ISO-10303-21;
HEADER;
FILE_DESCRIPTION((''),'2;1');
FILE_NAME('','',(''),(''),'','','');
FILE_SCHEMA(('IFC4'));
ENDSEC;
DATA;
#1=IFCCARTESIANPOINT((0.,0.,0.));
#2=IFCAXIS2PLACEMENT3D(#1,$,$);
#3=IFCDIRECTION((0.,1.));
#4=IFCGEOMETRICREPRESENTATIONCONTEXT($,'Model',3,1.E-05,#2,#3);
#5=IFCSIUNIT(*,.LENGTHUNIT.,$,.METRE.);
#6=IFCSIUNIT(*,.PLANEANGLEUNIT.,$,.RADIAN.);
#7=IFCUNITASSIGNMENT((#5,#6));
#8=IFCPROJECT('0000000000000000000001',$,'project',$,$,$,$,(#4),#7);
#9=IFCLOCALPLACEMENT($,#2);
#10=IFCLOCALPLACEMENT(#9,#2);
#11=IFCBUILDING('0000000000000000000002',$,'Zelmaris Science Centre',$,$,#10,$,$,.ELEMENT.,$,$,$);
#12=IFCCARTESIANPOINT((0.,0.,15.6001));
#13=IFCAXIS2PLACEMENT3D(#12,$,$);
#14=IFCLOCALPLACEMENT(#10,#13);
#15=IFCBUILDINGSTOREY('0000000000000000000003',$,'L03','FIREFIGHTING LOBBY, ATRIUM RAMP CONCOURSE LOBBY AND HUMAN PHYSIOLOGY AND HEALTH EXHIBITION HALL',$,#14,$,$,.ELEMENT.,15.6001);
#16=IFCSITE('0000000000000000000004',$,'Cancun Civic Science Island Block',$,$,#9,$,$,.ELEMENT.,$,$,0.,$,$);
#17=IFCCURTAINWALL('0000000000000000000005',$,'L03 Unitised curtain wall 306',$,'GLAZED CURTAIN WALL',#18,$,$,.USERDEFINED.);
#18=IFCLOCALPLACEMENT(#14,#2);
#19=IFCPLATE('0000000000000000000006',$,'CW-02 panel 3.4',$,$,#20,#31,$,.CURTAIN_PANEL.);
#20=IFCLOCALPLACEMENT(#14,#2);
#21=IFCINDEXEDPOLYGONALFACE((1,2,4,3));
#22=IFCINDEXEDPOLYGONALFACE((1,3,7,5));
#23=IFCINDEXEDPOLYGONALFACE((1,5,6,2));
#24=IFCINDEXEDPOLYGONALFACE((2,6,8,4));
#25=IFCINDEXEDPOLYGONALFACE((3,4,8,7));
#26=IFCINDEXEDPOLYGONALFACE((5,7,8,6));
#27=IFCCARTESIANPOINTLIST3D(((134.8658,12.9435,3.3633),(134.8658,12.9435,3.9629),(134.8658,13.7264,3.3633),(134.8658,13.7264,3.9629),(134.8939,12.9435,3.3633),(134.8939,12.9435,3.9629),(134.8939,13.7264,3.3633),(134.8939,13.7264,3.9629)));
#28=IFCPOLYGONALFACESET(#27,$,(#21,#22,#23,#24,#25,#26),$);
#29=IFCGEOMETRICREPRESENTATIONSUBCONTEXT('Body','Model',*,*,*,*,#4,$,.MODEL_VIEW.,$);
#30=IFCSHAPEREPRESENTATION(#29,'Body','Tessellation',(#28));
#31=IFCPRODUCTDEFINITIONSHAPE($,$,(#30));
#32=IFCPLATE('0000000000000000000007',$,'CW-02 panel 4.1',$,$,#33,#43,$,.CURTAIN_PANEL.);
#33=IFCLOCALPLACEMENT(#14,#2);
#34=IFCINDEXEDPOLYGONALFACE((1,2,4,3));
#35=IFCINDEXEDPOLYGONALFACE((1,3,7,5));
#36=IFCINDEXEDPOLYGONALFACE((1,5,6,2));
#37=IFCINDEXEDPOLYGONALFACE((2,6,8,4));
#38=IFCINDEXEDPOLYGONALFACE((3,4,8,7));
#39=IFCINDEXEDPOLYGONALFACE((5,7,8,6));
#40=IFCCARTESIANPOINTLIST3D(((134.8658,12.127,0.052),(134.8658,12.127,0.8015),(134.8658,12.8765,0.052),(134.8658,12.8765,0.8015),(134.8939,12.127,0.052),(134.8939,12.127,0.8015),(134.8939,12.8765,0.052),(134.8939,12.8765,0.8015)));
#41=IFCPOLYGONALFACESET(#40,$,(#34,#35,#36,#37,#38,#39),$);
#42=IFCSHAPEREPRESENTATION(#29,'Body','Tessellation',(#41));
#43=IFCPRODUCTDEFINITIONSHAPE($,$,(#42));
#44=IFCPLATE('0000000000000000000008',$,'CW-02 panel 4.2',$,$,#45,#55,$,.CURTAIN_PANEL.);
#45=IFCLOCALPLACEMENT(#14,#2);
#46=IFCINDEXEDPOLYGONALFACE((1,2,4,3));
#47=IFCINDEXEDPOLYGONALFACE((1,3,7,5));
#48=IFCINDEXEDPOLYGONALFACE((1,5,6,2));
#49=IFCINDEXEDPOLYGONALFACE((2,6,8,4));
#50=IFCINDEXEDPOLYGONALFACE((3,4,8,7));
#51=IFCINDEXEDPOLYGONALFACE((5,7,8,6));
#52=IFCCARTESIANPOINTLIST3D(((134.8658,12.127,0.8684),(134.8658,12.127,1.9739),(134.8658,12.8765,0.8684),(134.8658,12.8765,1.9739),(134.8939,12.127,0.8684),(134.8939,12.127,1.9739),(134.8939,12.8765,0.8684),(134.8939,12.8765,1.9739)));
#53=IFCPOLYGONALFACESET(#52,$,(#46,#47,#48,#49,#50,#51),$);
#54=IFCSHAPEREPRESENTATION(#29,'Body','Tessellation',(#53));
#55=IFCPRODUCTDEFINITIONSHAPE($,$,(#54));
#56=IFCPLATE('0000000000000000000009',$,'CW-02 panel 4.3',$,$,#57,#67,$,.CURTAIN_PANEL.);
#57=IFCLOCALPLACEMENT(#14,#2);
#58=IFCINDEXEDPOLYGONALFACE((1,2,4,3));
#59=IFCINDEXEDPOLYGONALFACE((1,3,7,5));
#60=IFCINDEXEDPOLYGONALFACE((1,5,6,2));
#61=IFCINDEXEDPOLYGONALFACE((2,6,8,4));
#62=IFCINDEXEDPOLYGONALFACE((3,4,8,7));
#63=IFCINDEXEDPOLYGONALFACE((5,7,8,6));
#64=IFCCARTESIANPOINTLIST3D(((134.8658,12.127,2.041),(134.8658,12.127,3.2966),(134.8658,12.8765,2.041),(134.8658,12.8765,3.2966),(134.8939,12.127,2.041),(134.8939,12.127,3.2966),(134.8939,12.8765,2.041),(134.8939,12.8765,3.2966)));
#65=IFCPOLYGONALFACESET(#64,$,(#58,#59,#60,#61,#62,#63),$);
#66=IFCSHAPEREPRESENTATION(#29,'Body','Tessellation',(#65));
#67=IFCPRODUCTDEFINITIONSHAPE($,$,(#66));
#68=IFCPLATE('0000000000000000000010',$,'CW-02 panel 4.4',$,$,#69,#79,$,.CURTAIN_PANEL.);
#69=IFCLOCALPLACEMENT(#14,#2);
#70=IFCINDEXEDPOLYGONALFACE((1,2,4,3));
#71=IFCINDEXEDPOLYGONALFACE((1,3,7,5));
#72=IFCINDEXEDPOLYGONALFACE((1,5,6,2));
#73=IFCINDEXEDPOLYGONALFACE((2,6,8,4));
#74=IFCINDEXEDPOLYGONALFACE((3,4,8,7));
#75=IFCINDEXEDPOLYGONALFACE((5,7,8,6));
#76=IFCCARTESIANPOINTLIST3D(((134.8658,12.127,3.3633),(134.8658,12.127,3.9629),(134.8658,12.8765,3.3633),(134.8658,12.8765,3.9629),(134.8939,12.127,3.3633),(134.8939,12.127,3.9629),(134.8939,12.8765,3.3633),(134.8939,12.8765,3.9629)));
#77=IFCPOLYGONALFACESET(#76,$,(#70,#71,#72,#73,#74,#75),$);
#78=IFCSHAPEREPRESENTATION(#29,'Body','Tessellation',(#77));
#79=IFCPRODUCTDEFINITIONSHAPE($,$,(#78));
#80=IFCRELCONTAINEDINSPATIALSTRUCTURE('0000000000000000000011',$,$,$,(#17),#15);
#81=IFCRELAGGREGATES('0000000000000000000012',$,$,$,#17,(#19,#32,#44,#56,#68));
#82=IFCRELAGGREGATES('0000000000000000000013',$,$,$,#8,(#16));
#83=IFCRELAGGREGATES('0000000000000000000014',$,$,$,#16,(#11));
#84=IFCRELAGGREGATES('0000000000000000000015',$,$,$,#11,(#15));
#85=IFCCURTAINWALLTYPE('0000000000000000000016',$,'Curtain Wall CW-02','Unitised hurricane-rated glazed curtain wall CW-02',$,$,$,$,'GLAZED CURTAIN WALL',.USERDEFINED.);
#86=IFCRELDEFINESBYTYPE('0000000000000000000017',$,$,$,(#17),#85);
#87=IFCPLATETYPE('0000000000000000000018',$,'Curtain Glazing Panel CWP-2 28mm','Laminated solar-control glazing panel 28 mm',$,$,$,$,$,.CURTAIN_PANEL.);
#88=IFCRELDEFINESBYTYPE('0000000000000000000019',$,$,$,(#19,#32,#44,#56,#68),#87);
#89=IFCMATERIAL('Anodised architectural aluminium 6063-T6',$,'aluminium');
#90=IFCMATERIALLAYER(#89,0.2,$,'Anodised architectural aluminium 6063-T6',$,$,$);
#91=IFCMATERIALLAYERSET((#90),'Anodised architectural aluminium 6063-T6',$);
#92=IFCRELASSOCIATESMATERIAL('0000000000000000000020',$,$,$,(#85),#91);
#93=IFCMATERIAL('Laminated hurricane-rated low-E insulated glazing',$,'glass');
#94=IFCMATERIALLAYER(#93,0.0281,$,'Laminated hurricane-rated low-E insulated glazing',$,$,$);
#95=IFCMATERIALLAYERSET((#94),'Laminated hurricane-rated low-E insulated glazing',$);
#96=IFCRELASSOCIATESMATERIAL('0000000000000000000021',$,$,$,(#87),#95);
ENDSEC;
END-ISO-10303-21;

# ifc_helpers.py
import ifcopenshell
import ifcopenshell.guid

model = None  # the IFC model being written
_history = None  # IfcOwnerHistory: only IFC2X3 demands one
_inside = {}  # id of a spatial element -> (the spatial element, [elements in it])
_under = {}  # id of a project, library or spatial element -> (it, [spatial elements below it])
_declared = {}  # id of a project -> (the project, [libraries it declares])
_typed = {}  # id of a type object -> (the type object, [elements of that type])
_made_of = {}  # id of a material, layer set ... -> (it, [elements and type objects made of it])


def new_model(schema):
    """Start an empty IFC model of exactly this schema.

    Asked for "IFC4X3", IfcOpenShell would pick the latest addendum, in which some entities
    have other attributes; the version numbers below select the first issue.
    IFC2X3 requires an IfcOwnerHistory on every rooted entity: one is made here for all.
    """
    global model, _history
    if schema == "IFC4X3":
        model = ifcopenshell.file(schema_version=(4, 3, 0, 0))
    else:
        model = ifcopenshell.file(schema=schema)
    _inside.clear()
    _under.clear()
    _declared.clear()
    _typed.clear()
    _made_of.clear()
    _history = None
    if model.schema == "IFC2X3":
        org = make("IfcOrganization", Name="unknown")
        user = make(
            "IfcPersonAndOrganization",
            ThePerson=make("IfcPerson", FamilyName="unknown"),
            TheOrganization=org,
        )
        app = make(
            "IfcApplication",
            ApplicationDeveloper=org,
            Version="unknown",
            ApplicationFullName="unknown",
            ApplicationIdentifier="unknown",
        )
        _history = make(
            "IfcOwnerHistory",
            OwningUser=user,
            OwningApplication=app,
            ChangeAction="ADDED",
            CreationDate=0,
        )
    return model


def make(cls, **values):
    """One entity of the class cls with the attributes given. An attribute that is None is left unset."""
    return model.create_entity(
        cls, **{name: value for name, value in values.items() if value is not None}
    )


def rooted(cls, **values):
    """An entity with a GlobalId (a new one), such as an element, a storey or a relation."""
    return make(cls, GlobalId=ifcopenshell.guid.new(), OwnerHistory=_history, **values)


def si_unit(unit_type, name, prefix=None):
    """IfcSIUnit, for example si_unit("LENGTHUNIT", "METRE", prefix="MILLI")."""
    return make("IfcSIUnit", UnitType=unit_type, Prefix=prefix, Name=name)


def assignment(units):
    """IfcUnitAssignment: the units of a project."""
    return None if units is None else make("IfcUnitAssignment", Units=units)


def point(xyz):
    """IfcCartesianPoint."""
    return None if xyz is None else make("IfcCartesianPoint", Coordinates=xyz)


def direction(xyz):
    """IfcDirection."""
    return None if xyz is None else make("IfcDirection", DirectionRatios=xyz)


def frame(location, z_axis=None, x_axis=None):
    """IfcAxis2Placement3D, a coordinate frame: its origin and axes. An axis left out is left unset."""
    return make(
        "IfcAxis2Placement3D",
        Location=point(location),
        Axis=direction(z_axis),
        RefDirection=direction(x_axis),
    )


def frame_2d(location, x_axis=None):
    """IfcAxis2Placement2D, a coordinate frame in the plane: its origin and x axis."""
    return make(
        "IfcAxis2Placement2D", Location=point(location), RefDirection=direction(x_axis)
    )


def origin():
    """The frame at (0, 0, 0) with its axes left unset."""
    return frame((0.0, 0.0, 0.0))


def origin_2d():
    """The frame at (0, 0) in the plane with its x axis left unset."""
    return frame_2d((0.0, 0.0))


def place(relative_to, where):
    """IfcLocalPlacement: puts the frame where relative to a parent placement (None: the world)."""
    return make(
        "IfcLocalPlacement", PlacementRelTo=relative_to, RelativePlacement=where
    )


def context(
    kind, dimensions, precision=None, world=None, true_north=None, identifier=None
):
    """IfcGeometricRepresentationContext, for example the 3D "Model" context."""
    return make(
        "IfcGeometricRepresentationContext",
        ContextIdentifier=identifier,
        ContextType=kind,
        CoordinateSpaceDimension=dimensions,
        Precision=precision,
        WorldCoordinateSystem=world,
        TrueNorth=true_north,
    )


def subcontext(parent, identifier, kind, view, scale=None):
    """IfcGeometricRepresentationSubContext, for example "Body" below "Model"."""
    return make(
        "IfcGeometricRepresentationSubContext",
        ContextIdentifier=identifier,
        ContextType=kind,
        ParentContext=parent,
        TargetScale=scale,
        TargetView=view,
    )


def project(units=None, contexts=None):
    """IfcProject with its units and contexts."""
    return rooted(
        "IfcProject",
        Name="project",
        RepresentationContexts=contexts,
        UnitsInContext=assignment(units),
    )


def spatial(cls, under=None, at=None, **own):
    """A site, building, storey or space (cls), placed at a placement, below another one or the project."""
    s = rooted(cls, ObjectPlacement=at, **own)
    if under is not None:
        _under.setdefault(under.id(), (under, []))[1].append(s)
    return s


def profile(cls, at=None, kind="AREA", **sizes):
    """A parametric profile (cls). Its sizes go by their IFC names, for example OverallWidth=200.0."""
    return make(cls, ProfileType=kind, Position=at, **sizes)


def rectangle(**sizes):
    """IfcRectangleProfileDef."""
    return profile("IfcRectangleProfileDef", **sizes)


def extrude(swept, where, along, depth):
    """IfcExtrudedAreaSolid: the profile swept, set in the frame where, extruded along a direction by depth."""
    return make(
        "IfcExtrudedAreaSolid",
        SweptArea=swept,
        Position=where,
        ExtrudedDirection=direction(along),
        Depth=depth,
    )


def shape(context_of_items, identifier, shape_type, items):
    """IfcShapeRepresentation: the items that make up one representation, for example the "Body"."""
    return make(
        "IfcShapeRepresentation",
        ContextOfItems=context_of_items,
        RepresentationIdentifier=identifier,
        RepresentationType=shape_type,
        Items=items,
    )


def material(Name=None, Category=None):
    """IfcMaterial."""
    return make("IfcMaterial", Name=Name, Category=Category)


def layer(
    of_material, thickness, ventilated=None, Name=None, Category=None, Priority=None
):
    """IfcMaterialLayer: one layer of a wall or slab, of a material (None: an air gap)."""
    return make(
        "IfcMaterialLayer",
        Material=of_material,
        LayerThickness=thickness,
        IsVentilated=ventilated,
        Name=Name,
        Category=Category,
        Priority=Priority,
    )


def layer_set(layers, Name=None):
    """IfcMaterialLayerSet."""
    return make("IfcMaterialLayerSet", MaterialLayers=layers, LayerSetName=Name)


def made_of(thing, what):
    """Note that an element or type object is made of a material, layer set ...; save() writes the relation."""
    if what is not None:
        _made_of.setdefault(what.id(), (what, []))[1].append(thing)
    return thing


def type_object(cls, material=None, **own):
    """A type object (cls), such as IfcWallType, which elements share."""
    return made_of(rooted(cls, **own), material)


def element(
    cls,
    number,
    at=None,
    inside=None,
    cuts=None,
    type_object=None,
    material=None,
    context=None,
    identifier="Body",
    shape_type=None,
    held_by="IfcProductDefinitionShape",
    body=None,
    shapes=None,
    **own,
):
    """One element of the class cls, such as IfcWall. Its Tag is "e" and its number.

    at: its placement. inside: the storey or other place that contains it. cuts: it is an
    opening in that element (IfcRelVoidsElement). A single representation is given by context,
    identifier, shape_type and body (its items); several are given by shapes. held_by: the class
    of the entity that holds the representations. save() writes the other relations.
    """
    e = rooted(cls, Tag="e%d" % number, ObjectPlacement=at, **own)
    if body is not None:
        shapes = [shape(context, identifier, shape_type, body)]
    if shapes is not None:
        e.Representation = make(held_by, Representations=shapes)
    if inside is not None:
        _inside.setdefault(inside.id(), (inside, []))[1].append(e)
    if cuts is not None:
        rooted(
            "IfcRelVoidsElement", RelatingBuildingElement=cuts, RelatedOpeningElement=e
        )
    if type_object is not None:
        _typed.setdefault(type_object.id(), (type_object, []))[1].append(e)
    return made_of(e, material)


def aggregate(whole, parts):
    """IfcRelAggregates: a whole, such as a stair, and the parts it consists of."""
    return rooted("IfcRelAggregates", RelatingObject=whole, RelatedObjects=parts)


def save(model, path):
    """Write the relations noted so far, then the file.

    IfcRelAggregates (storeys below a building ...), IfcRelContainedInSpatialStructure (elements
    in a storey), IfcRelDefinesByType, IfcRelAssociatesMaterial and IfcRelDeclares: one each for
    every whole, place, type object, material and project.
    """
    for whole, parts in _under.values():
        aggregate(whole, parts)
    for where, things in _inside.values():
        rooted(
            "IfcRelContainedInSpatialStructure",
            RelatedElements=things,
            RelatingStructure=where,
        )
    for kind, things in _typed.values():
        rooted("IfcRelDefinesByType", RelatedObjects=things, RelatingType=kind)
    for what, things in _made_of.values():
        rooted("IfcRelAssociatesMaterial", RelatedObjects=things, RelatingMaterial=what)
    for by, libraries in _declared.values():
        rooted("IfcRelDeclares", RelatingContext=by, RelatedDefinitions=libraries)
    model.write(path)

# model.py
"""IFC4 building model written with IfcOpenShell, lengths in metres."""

from ifc_helpers import new_model, si_unit, direction, frame, origin, origin_2d, place, context, subcontext, project, spatial, rectangle, extrude, material, layer, layer_set, type_object, element, aggregate, save


model = new_model("IFC4")

# Units and contexts
model_context = context("Model", 3, precision=1e-05, world=origin(), true_north=direction((0.0, 1.0)))
body_context = subcontext(model_context, "Body", "Model", "MODEL_VIEW")
ifc_project = project(units=[si_unit("LENGTHUNIT", "METRE"), si_unit("PLANEANGLEUNIT", "RADIAN")], contexts=[model_context])

# Site, building, storey
site_placement = place(None, origin())
site = spatial("IfcSite", under=ifc_project, at=site_placement, Name="Cancun Civic Science Island Block", CompositionType="ELEMENT", RefElevation=0.0)
building_placement = place(site_placement, origin())
building = spatial("IfcBuilding", under=site, at=building_placement, Name="Zelmaris Science Centre", CompositionType="ELEMENT")
storey_placement = place(building_placement, frame((0.0, 0.0, 15.6001)))
storey = spatial("IfcBuildingStorey", under=building, at=storey_placement, Name="L03", Description="FIREFIGHTING LOBBY, ATRIUM RAMP CONCOURSE LOBBY AND HUMAN PHYSIOLOGY AND HEALTH EXHIBITION HALL", CompositionType="ELEMENT", Elevation=15.6001)

# Curtain wall
ifc_material_1 = material(Name="Anodised architectural aluminium 6063-T6", Category="aluminium")
ifc_layer_1 = layer(ifc_material_1, 0.2, Name="Anodised architectural aluminium 6063-T6")
ifc_layer_set_1 = layer_set([ifc_layer_1], Name="Anodised architectural aluminium 6063-T6")
curtain_wall_type = type_object("IfcCurtainWallType", Name="Curtain Wall CW-02", Description="Unitised hurricane-rated glazed curtain wall CW-02", ElementType="GLAZED CURTAIN WALL", PredefinedType="USERDEFINED", material=ifc_layer_set_1)
curtain_wall_placement = place(storey_placement, origin())
curtain_wall = element("IfcCurtainWall", 1, at=curtain_wall_placement, inside=storey, type_object=curtain_wall_type, Name="L03 Unitised curtain wall 306", ObjectType="GLAZED CURTAIN WALL", PredefinedType="USERDEFINED")

# Plates
ifc_material_2 = material(Name="Laminated hurricane-rated low-E insulated glazing", Category="glass")
ifc_layer_2 = layer(ifc_material_2, 0.0281, Name="Laminated hurricane-rated low-E insulated glazing")
ifc_layer_set_2 = layer_set([ifc_layer_2], Name="Laminated hurricane-rated low-E insulated glazing")
plate_type = type_object("IfcPlateType", Name="Curtain Glazing Panel CWP-2 28mm", Description="Laminated solar-control glazing panel 28 mm", PredefinedType="CURTAIN_PANEL", material=ifc_layer_set_2)
plate_1_placement = place(storey_placement, frame((134.8799, 13.335, 3.3633), z_axis=(0.0, 0.0, 1.0), x_axis=(0.0, -1.0, 0.0)))
plate_1 = element("IfcPlate", 2, at=plate_1_placement, type_object=plate_type, Name="CW-02 panel 3.4", PredefinedType="CURTAIN_PANEL", context=body_context, shape_type="SweptSolid", body=[
    extrude(rectangle(XDim=0.783, YDim=0.0281, at=origin_2d()), origin(), (0.0, 0.0, 1.0), 0.5996),
])
plate_2_placement = place(storey_placement, frame((134.8799, 12.5017, 0.052), z_axis=(0.0, 0.0, 1.0), x_axis=(0.0, -1.0, 0.0)))
plate_2 = element("IfcPlate", 3, at=plate_2_placement, type_object=plate_type, Name="CW-02 panel 4.1", PredefinedType="CURTAIN_PANEL", context=body_context, shape_type="SweptSolid", body=[
    extrude(rectangle(XDim=0.7495, YDim=0.0281, at=origin_2d()), origin(), (0.0, 0.0, 1.0), 0.7495),
])
plate_3_placement = place(storey_placement, frame((134.8799, 12.5017, 0.8684), z_axis=(0.0, 0.0, 1.0), x_axis=(0.0, -1.0, 0.0)))
plate_3 = element("IfcPlate", 4, at=plate_3_placement, type_object=plate_type, Name="CW-02 panel 4.2", PredefinedType="CURTAIN_PANEL", context=body_context, shape_type="SweptSolid", body=[
    extrude(rectangle(XDim=0.7495, YDim=0.0281, at=origin_2d()), origin(), (0.0, 0.0, 1.0), 1.1055),
])
plate_4_placement = place(storey_placement, frame((134.8799, 12.5017, 2.041), z_axis=(0.0, 0.0, 1.0), x_axis=(0.0, -1.0, 0.0)))
plate_4 = element("IfcPlate", 5, at=plate_4_placement, type_object=plate_type, Name="CW-02 panel 4.3", PredefinedType="CURTAIN_PANEL", context=body_context, shape_type="SweptSolid", body=[
    extrude(rectangle(XDim=0.7495, YDim=0.0281, at=origin_2d()), origin(), (0.0, 0.0, 1.0), 1.2556),
])
plate_5_placement = place(storey_placement, frame((134.8799, 12.5017, 3.3633), z_axis=(0.0, 0.0, 1.0), x_axis=(0.0, -1.0, 0.0)))
plate_5 = element("IfcPlate", 6, at=plate_5_placement, type_object=plate_type, Name="CW-02 panel 4.4", PredefinedType="CURTAIN_PANEL", context=body_context, shape_type="SweptSolid", body=[
    extrude(rectangle(XDim=0.7495, YDim=0.0281, at=origin_2d()), origin(), (0.0, 0.0, 1.0), 0.5996),
])
aggregate(curtain_wall, [plate_1, plate_2, plate_3, plate_4, plate_5])

save(model, "model.ifc")
